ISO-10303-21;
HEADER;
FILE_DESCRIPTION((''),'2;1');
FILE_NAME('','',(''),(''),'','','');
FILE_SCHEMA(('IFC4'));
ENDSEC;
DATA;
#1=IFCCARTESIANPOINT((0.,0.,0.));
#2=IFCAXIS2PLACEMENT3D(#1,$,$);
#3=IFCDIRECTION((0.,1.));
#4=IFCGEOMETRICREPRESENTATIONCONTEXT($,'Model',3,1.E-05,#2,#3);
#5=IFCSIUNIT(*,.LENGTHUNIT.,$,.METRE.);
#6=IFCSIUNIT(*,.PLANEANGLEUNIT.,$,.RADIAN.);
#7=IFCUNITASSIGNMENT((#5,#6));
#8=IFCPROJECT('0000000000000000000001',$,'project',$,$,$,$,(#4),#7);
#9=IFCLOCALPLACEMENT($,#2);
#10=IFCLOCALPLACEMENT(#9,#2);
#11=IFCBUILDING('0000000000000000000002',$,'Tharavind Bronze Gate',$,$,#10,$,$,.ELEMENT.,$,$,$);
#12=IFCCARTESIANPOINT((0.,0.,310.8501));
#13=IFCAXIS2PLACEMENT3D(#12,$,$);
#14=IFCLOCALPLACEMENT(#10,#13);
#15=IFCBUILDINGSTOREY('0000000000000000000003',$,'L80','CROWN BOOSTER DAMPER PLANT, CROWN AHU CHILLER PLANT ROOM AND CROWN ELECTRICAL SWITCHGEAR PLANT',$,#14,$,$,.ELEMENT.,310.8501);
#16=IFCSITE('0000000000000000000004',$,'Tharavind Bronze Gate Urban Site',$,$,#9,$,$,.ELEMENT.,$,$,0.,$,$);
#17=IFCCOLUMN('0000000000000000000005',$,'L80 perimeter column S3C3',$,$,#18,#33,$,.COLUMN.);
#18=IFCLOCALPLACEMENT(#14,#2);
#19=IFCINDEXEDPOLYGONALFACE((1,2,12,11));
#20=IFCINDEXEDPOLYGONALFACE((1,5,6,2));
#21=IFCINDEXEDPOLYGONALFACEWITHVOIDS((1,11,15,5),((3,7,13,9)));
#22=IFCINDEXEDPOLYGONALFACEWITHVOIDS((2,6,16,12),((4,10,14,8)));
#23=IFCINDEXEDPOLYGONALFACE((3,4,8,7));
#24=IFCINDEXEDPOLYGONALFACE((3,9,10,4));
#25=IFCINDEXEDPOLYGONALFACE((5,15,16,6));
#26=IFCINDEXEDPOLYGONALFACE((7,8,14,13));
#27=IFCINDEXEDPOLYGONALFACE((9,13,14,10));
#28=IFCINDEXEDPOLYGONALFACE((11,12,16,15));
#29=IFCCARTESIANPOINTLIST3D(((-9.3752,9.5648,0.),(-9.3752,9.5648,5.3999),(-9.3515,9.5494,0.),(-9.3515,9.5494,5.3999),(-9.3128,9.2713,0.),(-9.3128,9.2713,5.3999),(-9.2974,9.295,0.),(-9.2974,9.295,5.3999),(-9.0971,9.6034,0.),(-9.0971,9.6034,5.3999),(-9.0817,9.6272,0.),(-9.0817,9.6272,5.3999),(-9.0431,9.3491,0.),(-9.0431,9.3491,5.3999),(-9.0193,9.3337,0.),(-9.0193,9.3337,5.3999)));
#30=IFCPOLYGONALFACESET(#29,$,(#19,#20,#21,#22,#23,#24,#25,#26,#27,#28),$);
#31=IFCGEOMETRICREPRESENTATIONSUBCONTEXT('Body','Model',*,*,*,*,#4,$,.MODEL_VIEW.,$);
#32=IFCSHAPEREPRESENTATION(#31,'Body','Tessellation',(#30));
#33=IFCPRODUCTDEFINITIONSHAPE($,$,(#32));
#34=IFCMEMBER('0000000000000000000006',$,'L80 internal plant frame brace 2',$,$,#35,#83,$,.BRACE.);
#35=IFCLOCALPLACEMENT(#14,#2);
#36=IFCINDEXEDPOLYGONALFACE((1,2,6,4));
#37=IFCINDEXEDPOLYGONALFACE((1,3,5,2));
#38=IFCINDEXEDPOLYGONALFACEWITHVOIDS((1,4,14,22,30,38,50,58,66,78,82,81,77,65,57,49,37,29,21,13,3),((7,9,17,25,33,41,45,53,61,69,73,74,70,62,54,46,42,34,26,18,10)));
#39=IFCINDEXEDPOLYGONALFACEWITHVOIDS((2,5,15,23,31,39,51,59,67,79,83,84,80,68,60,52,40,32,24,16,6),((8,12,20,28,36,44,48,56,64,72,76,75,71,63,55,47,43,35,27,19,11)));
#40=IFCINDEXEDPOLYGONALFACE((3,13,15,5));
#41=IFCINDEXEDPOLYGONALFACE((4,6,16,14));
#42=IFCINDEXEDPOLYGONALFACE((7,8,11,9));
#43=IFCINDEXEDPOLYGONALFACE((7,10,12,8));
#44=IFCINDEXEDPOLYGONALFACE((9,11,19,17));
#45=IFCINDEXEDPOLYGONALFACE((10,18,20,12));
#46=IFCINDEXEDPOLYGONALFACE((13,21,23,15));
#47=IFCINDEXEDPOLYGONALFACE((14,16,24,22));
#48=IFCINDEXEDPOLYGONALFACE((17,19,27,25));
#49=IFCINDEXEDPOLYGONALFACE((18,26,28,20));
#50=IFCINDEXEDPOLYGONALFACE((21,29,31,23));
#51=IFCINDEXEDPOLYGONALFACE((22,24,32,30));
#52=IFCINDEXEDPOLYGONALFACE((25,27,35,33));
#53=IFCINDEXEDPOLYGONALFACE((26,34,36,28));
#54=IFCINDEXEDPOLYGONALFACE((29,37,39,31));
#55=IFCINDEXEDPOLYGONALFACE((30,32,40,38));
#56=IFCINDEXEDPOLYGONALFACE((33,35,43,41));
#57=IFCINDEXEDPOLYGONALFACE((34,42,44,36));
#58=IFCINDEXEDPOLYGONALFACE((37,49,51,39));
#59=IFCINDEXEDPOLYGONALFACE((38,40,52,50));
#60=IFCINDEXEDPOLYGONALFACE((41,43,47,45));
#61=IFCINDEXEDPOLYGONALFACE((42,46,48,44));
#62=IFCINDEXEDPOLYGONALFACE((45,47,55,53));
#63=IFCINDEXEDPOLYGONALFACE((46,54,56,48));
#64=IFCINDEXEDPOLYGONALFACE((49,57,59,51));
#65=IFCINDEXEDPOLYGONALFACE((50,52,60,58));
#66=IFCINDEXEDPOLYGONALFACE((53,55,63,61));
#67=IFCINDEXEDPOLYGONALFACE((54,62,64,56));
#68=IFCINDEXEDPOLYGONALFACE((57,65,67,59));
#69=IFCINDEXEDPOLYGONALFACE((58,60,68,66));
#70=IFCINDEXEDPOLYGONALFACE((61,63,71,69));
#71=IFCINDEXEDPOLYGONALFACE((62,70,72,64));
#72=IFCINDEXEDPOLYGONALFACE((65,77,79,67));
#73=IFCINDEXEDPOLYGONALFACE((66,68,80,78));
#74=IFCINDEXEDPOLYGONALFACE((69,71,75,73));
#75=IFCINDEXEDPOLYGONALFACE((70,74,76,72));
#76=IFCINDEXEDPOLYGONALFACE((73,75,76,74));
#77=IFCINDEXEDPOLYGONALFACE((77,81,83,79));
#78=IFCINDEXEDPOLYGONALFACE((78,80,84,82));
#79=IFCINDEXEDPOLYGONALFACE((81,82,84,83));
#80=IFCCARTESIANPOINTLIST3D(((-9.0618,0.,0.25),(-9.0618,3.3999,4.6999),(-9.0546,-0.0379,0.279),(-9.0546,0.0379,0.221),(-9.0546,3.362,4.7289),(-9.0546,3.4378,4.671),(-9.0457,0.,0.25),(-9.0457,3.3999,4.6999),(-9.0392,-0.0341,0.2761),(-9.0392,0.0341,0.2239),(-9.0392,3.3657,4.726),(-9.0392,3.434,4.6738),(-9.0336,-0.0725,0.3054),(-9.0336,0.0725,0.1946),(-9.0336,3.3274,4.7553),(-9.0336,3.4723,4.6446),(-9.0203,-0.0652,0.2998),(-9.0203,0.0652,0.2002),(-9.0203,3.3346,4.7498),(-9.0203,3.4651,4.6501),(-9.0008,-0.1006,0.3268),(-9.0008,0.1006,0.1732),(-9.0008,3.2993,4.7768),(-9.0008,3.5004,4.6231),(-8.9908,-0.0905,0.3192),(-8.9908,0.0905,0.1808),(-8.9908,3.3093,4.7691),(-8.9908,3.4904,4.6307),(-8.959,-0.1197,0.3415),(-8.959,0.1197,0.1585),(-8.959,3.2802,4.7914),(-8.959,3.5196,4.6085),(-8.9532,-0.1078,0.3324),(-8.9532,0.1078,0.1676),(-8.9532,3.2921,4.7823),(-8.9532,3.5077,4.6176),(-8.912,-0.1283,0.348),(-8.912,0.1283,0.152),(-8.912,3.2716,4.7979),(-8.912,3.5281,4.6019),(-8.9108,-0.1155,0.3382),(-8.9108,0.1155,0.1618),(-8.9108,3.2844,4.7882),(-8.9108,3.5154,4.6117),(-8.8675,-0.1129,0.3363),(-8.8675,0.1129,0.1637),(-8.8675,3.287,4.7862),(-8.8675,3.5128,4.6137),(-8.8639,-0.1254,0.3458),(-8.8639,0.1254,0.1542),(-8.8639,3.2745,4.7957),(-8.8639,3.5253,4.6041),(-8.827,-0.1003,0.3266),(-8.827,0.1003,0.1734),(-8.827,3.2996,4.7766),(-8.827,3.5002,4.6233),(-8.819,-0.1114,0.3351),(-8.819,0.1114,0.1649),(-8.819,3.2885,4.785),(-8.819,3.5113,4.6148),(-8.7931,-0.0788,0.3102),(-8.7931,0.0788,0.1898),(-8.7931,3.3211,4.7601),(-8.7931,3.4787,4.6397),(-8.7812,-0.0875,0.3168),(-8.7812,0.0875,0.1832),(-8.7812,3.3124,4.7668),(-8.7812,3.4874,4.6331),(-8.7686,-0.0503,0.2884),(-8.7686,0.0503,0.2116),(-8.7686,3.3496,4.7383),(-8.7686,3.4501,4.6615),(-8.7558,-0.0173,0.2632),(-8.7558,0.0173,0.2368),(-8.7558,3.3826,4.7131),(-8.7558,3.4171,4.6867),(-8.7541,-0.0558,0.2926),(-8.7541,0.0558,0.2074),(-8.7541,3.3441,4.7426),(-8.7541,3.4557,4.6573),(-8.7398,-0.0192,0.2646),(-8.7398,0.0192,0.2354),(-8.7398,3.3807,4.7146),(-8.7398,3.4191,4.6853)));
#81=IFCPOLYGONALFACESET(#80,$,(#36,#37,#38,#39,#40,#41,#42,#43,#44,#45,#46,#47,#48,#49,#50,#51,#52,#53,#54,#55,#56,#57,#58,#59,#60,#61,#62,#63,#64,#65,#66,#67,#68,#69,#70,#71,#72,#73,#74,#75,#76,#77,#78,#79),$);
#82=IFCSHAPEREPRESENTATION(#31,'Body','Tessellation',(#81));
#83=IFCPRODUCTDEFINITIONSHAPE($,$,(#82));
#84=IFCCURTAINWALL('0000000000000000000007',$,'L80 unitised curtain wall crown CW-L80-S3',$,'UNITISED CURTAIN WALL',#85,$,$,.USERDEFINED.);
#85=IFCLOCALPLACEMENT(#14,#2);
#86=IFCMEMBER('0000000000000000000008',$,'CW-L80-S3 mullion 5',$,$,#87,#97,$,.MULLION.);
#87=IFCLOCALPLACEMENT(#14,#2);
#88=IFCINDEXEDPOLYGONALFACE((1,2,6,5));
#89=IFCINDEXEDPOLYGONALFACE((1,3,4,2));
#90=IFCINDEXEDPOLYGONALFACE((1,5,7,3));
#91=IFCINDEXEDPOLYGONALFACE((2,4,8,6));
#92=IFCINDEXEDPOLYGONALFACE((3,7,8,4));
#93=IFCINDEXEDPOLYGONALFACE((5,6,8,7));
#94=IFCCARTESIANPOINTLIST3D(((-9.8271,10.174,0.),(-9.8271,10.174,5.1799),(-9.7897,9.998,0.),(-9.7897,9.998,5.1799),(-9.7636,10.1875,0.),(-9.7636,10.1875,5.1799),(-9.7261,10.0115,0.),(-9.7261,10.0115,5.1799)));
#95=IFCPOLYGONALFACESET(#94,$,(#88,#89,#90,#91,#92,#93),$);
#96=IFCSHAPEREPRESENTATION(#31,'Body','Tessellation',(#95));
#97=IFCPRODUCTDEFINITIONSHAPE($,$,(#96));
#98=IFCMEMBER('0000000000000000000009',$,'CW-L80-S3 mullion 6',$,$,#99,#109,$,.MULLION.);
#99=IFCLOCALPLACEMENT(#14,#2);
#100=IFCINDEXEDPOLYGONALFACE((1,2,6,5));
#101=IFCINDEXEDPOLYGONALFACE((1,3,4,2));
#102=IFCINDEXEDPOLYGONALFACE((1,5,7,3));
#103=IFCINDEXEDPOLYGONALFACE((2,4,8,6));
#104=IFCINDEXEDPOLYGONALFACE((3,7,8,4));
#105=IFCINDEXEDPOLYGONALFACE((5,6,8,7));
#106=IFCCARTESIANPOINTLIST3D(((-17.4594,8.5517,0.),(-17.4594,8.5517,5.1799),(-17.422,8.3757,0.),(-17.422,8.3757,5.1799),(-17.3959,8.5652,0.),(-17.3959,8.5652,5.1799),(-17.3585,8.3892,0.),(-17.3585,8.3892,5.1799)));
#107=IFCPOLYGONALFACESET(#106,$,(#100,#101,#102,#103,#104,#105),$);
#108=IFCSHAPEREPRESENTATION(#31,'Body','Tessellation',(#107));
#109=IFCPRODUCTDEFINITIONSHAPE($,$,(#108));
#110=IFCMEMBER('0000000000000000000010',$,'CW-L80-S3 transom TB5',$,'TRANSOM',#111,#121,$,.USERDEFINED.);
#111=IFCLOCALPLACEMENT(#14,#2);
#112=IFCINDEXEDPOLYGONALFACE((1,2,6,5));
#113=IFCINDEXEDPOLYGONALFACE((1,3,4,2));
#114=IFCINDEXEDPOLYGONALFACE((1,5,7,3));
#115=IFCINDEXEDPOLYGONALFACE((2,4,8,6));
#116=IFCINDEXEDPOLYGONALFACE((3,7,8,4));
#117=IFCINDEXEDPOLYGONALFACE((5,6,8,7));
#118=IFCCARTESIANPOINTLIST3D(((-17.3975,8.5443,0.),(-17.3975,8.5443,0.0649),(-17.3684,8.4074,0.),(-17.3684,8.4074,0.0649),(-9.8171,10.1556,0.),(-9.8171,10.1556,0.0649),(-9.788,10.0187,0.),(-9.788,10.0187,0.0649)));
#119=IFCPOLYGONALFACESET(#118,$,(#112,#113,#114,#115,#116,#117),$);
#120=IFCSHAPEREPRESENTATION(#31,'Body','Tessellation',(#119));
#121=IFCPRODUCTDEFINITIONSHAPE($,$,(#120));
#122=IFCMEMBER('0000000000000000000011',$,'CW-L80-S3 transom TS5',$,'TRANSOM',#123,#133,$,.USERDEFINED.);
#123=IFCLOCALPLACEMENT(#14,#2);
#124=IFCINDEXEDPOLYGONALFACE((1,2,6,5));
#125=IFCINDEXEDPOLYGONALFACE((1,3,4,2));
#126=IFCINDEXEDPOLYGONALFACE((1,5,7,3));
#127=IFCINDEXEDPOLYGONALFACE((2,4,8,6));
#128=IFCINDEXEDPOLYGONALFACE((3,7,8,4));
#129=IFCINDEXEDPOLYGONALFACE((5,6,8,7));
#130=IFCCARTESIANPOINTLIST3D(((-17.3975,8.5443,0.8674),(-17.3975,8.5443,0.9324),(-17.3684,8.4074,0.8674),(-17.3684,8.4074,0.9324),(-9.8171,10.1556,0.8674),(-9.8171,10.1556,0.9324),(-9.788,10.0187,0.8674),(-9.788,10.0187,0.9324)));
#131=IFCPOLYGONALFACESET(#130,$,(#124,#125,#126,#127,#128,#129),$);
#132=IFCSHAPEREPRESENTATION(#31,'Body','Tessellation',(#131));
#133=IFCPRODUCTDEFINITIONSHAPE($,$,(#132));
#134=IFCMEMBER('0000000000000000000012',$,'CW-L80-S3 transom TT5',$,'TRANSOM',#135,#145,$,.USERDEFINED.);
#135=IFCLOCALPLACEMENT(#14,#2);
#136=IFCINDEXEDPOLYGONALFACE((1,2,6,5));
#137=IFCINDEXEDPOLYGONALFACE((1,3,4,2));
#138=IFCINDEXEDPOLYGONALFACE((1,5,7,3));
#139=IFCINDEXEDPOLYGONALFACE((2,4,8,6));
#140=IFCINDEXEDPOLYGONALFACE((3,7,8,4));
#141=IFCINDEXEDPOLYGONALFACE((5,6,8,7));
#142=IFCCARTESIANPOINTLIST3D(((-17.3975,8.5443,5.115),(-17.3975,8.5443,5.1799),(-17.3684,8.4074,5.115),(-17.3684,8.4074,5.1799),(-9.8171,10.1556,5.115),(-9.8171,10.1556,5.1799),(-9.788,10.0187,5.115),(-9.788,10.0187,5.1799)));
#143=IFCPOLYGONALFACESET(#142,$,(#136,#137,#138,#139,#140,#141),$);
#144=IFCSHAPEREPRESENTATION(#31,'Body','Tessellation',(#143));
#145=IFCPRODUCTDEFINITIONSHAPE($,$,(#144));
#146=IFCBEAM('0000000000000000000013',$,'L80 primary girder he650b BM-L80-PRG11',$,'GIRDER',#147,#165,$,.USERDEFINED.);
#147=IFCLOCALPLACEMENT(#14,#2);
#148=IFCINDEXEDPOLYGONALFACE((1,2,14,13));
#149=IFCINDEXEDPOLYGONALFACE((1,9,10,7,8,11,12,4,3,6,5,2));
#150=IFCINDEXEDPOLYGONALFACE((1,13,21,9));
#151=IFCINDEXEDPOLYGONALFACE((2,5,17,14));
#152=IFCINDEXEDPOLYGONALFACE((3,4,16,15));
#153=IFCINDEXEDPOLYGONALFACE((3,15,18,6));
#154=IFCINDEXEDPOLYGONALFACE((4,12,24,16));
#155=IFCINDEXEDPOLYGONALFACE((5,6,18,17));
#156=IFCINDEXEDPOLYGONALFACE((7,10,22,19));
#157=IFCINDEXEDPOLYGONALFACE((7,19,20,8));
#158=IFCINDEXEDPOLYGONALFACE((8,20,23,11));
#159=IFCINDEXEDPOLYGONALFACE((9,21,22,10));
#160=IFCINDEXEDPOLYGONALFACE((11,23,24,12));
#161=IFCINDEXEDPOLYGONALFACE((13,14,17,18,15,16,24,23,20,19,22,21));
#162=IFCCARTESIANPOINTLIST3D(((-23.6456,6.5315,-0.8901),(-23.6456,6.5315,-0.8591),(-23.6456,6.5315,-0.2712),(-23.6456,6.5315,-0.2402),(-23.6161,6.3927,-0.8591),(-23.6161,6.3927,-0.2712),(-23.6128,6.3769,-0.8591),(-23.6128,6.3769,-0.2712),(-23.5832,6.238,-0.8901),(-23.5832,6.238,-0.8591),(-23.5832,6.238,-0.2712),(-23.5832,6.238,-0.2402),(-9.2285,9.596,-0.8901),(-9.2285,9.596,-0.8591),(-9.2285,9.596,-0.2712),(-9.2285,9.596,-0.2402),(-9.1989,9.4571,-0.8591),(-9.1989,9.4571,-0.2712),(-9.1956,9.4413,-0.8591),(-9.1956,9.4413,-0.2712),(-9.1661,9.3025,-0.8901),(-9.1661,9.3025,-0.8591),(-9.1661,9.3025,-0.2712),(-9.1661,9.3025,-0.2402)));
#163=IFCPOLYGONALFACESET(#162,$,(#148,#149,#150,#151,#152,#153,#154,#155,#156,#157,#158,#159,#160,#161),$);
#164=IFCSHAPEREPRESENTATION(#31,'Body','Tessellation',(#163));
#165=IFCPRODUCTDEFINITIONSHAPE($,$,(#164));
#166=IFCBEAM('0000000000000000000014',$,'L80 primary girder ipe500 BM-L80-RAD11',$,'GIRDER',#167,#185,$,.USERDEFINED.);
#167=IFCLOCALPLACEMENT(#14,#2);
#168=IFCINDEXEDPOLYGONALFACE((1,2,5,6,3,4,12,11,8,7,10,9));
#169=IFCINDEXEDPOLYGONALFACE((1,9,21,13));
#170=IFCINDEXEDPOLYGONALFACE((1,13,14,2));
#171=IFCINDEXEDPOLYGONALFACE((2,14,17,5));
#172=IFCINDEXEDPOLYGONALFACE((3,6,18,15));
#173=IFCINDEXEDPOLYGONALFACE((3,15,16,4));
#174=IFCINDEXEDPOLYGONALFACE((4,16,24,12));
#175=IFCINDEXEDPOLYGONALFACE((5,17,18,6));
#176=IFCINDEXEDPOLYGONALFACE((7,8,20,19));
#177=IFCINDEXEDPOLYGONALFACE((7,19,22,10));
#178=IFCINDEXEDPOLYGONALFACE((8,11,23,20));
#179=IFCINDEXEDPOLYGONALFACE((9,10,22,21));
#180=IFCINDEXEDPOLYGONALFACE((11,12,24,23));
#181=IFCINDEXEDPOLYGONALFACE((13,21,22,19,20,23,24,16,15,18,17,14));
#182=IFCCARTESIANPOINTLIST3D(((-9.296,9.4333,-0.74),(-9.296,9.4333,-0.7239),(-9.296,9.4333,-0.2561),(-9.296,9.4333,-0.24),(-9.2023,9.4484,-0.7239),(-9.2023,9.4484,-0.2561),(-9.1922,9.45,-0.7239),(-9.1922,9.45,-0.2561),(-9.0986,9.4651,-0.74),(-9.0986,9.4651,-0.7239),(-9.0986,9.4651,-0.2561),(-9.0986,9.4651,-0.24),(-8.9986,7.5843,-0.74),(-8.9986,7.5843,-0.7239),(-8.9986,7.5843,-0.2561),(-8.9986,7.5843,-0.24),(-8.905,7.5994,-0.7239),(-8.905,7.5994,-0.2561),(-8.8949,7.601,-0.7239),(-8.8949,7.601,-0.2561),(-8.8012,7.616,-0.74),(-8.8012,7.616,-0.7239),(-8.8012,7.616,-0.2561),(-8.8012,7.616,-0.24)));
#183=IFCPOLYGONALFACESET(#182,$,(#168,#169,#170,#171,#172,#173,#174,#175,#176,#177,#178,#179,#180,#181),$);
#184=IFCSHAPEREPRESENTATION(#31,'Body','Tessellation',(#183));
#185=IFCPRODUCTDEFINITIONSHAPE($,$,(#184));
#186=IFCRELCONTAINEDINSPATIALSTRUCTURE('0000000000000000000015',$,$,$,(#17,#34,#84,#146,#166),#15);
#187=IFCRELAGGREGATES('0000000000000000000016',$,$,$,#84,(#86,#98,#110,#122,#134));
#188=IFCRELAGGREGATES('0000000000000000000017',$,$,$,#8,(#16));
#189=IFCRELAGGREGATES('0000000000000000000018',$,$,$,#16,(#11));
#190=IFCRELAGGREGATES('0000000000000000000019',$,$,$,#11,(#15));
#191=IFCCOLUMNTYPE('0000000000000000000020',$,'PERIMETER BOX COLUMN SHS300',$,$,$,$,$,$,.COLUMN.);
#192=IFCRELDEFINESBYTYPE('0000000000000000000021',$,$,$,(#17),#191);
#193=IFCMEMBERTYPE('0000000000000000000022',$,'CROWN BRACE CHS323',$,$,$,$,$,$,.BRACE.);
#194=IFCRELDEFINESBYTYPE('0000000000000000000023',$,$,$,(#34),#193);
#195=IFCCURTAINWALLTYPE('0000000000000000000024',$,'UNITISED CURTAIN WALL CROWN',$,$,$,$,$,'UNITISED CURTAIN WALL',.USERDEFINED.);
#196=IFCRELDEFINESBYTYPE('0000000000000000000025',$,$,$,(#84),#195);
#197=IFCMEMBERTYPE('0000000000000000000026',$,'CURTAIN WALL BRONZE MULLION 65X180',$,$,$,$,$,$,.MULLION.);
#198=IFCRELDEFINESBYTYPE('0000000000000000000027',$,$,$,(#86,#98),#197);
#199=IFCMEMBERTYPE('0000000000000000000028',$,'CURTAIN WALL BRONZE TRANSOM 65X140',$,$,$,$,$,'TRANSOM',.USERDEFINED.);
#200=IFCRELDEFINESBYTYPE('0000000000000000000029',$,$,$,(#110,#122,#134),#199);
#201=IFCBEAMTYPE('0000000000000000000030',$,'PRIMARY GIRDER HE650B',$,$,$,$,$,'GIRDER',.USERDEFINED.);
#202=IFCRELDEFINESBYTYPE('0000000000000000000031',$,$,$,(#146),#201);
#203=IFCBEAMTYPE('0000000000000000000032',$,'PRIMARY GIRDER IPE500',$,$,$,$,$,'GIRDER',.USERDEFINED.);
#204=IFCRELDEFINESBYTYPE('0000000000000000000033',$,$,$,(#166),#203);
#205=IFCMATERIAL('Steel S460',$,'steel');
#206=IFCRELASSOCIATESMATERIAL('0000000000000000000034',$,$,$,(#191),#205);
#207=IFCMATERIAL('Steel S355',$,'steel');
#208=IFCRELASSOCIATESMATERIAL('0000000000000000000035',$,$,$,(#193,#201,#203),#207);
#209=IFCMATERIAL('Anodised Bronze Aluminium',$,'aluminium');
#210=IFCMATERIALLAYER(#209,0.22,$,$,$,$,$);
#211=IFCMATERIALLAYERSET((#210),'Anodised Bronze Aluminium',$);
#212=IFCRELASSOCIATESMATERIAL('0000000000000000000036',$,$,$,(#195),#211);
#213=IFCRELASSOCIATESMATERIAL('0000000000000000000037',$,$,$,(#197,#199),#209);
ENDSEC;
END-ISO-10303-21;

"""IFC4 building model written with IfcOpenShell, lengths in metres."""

from ifc_helpers import new_model, si_unit, direction, frame, origin, origin_2d, place, context, subcontext, project, spatial, rectangle, hollow_rectangle, hollow_circle, i_section, extrude, material, layer, layer_set, material_profile, profile_set, type_object, element, aggregate, save


model = new_model("IFC4")

# Units and contexts
model_context = context("Model", 3, precision=1e-05, world=origin(), true_north=direction((0.0, 1.0)))
body_context = subcontext(model_context, "Body", "Model", "MODEL_VIEW")
ifc_project = project(units=[si_unit("LENGTHUNIT", "METRE"), si_unit("PLANEANGLEUNIT", "RADIAN")], contexts=[model_context])

# Site, building, storey
site_placement = place(None, origin())
site = spatial("IfcSite", under=ifc_project, at=site_placement, Name="Tharavind Bronze Gate Urban Site", CompositionType="ELEMENT", RefElevation=0.0)
building_placement = place(site_placement, origin())
building = spatial("IfcBuilding", under=site, at=building_placement, Name="Tharavind Bronze Gate", CompositionType="ELEMENT")
storey_placement = place(building_placement, frame((0.0, 0.0, 310.8501)))
storey = spatial("IfcBuildingStorey", under=building, at=storey_placement, Name="L80", Description="CROWN BOOSTER DAMPER PLANT, CROWN AHU CHILLER PLANT ROOM AND CROWN ELECTRICAL SWITCHGEAR PLANT", CompositionType="ELEMENT", Elevation=310.8501)

# Column
ifc_material_1 = material(Name="Steel S460", Category="steel")
ifc_material_profile_1 = material_profile(ifc_material_1, hollow_rectangle(XDim=0.3, YDim=0.3, WallThickness=0.02, at=origin_2d()), Name="SHS300X20")
ifc_profile_set_1 = profile_set([ifc_material_profile_1], Name="Steel S460")
column_type = type_object("IfcColumnType", Name="PERIMETER BOX COLUMN SHS300", PredefinedType="COLUMN", material=ifc_profile_set_1)
column_placement = place(storey_placement, frame((-9.1973, 9.4492, 0.0), z_axis=(0.0, 0.0, 1.0), x_axis=(0.978147, 0.207913, 0.0)))
element("IfcColumn", 1, at=column_placement, inside=storey, type_object=column_type, Name="L80 perimeter column S3C3", PredefinedType="COLUMN", context=body_context, shape_type="SweptSolid", body=[
    extrude(hollow_rectangle(XDim=0.3, YDim=0.3, WallThickness=0.02, at=origin_2d()), origin(), (0.0, 0.0, 1.0), 5.3999),
])

# Member
ifc_material_2 = material(Name="Steel S355", Category="steel")
ifc_material_profile_2 = material_profile(ifc_material_2, hollow_circle(Radius=0.1619, WallThickness=0.0161, at=origin_2d()), Name="CHS323X16")
ifc_profile_set_2 = profile_set([ifc_material_profile_2], Name="Steel S355")
member_type_1 = type_object("IfcMemberType", Name="CROWN BRACE CHS323", PredefinedType="BRACE", material=ifc_profile_set_2)
member_1_placement = place(storey_placement, frame((-8.8999, 0.0, 0.25), z_axis=(0.0, 0.607112, 0.794616), x_axis=(-1.0, 0.0, 0.0)))
element("IfcMember", 2, at=member_1_placement, inside=storey, type_object=member_type_1, Name="L80 internal plant frame brace 2", PredefinedType="BRACE", context=body_context, shape_type="SweptSolid", body=[
    extrude(hollow_circle(Radius=0.1619, WallThickness=0.0161, at=origin_2d()), origin(), (0.0, 0.0, 1.0), 5.6001),
])

# Curtain wall, members
ifc_material_3 = material(Name="Anodised Bronze Aluminium", Category="aluminium")
ifc_layer_1 = layer(ifc_material_3, 0.22)
ifc_layer_set_1 = layer_set([ifc_layer_1], Name="Anodised Bronze Aluminium")
curtain_wall_type = type_object("IfcCurtainWallType", Name="UNITISED CURTAIN WALL CROWN", ElementType="UNITISED CURTAIN WALL", PredefinedType="USERDEFINED", material=ifc_layer_set_1)
curtain_wall_placement = place(storey_placement, origin())
curtain_wall = element("IfcCurtainWall", 3, at=curtain_wall_placement, inside=storey, type_object=curtain_wall_type, Name="L80 unitised curtain wall crown CW-L80-S3", ObjectType="UNITISED CURTAIN WALL", PredefinedType="USERDEFINED")
member_type_2 = type_object("IfcMemberType", Name="CURTAIN WALL BRONZE MULLION 65X180", PredefinedType="MULLION", material=ifc_material_3)
member_2_placement = place(storey_placement, frame((-9.7766, 10.0928, 0.0), z_axis=(0.0, 0.0, 1.0), x_axis=(-0.978147, -0.207913, 0.0)))
member_2 = element("IfcMember", 4, at=member_2_placement, type_object=member_type_2, Name="CW-L80-S3 mullion 5", PredefinedType="MULLION", context=body_context, shape_type="SweptSolid", body=[
    extrude(rectangle(XDim=0.0649, YDim=0.1799, at=origin_2d()), origin(), (0.0, 0.0, 1.0), 5.1799),
])
member_3_placement = place(storey_placement, frame((-17.4089, 8.4705, 0.0), z_axis=(0.0, 0.0, 1.0), x_axis=(-0.978147, -0.207913, 0.0)))
member_3 = element("IfcMember", 5, at=member_3_placement, type_object=member_type_2, Name="CW-L80-S3 mullion 6", PredefinedType="MULLION", context=body_context, shape_type="SweptSolid", body=[
    extrude(rectangle(XDim=0.0649, YDim=0.1799, at=origin_2d()), origin(), (0.0, 0.0, 1.0), 5.1799),
])
member_type_3 = type_object("IfcMemberType", Name="CURTAIN WALL BRONZE TRANSOM 65X140", ElementType="TRANSOM", PredefinedType="USERDEFINED", material=ifc_material_3)
member_4_placement = place(storey_placement, frame((-13.5928, 9.2815, 0.0), z_axis=(0.0, 0.0, 1.0), x_axis=(-0.978147, -0.207913, 0.0)))
member_4 = element("IfcMember", 6, at=member_4_placement, type_object=member_type_3, Name="CW-L80-S3 transom TB5", ObjectType="TRANSOM", PredefinedType="USERDEFINED", context=body_context, shape_type="SweptSolid", body=[
    extrude(rectangle(XDim=7.7498, YDim=0.1399, at=origin_2d()), origin(), (0.0, 0.0, 1.0), 0.0649),
])
member_5_placement = place(storey_placement, frame((-13.5928, 9.2815, 0.8674), z_axis=(0.0, 0.0, 1.0), x_axis=(-0.978147, -0.207913, 0.0)))
member_5 = element("IfcMember", 7, at=member_5_placement, type_object=member_type_3, Name="CW-L80-S3 transom TS5", ObjectType="TRANSOM", PredefinedType="USERDEFINED", context=body_context, shape_type="SweptSolid", body=[
    extrude(rectangle(XDim=7.7498, YDim=0.1399, at=origin_2d()), origin(), (0.0, 0.0, 1.0), 0.0649),
])
member_6_placement = place(storey_placement, frame((-13.5928, 9.2815, 5.115), z_axis=(0.0, 0.0, 1.0), x_axis=(-0.978147, -0.207913, 0.0)))
member_6 = element("IfcMember", 8, at=member_6_placement, type_object=member_type_3, Name="CW-L80-S3 transom TT5", ObjectType="TRANSOM", PredefinedType="USERDEFINED", context=body_context, shape_type="SweptSolid", body=[
    extrude(rectangle(XDim=7.7498, YDim=0.1399, at=origin_2d()), origin(), (0.0, 0.0, 1.0), 0.0649),
])

# Beams
ifc_material_profile_3 = material_profile(ifc_material_2, i_section(OverallWidth=0.3, OverallDepth=0.6499, WebThickness=0.0161, FlangeThickness=0.031, at=origin_2d()), Name="HE650B")
ifc_profile_set_3 = profile_set([ifc_material_profile_3], Name="Steel S355")
beam_type_1 = type_object("IfcBeamType", Name="PRIMARY GIRDER HE650B", ElementType="GIRDER", PredefinedType="USERDEFINED", material=ifc_profile_set_3)
beam_1_placement = place(storey_placement, frame((-9.1973, 9.4492, -0.5652), z_axis=(-0.978148, -0.20791, 0.0), x_axis=(0.20791, -0.978148, 0.0)))
element("IfcBeam", 9, at=beam_1_placement, inside=storey, type_object=beam_type_1, Name="L80 primary girder he650b BM-L80-PRG11", ObjectType="GIRDER", PredefinedType="USERDEFINED", context=body_context, shape_type="SweptSolid", body=[
    extrude(i_section(OverallWidth=0.3, OverallDepth=0.6499, WebThickness=0.0161, FlangeThickness=0.031, at=origin_2d()), origin(), (0.0, 0.0, 1.0), 14.7393),
])
ifc_material_profile_4 = material_profile(ifc_material_2, i_section(OverallWidth=0.2, OverallDepth=0.5, WebThickness=0.0103, FlangeThickness=0.0161, at=origin_2d()), Name="IPE500")
ifc_profile_set_4 = profile_set([ifc_material_profile_4], Name="Steel S355")
beam_type_2 = type_object("IfcBeamType", Name="PRIMARY GIRDER IPE500", ElementType="GIRDER", PredefinedType="USERDEFINED", material=ifc_profile_set_4)
beam_2_placement = place(storey_placement, frame((-9.1973, 9.4492, -0.49), z_axis=(0.158773, -0.987315, 0.0), x_axis=(0.987315, 0.158773, 0.0)))
element("IfcBeam", 10, at=beam_2_placement, inside=storey, type_object=beam_type_2, Name="L80 primary girder ipe500 BM-L80-RAD11", ObjectType="GIRDER", PredefinedType="USERDEFINED", context=body_context, shape_type="SweptSolid", body=[
    extrude(i_section(OverallWidth=0.2, OverallDepth=0.5, WebThickness=0.0103, FlangeThickness=0.0161, at=origin_2d()), origin(), (0.0, 0.0, 1.0), 1.8728),
])

aggregate(curtain_wall, [member_2, member_3, member_4, member_5, member_6])

save(model, "model.ifc")
